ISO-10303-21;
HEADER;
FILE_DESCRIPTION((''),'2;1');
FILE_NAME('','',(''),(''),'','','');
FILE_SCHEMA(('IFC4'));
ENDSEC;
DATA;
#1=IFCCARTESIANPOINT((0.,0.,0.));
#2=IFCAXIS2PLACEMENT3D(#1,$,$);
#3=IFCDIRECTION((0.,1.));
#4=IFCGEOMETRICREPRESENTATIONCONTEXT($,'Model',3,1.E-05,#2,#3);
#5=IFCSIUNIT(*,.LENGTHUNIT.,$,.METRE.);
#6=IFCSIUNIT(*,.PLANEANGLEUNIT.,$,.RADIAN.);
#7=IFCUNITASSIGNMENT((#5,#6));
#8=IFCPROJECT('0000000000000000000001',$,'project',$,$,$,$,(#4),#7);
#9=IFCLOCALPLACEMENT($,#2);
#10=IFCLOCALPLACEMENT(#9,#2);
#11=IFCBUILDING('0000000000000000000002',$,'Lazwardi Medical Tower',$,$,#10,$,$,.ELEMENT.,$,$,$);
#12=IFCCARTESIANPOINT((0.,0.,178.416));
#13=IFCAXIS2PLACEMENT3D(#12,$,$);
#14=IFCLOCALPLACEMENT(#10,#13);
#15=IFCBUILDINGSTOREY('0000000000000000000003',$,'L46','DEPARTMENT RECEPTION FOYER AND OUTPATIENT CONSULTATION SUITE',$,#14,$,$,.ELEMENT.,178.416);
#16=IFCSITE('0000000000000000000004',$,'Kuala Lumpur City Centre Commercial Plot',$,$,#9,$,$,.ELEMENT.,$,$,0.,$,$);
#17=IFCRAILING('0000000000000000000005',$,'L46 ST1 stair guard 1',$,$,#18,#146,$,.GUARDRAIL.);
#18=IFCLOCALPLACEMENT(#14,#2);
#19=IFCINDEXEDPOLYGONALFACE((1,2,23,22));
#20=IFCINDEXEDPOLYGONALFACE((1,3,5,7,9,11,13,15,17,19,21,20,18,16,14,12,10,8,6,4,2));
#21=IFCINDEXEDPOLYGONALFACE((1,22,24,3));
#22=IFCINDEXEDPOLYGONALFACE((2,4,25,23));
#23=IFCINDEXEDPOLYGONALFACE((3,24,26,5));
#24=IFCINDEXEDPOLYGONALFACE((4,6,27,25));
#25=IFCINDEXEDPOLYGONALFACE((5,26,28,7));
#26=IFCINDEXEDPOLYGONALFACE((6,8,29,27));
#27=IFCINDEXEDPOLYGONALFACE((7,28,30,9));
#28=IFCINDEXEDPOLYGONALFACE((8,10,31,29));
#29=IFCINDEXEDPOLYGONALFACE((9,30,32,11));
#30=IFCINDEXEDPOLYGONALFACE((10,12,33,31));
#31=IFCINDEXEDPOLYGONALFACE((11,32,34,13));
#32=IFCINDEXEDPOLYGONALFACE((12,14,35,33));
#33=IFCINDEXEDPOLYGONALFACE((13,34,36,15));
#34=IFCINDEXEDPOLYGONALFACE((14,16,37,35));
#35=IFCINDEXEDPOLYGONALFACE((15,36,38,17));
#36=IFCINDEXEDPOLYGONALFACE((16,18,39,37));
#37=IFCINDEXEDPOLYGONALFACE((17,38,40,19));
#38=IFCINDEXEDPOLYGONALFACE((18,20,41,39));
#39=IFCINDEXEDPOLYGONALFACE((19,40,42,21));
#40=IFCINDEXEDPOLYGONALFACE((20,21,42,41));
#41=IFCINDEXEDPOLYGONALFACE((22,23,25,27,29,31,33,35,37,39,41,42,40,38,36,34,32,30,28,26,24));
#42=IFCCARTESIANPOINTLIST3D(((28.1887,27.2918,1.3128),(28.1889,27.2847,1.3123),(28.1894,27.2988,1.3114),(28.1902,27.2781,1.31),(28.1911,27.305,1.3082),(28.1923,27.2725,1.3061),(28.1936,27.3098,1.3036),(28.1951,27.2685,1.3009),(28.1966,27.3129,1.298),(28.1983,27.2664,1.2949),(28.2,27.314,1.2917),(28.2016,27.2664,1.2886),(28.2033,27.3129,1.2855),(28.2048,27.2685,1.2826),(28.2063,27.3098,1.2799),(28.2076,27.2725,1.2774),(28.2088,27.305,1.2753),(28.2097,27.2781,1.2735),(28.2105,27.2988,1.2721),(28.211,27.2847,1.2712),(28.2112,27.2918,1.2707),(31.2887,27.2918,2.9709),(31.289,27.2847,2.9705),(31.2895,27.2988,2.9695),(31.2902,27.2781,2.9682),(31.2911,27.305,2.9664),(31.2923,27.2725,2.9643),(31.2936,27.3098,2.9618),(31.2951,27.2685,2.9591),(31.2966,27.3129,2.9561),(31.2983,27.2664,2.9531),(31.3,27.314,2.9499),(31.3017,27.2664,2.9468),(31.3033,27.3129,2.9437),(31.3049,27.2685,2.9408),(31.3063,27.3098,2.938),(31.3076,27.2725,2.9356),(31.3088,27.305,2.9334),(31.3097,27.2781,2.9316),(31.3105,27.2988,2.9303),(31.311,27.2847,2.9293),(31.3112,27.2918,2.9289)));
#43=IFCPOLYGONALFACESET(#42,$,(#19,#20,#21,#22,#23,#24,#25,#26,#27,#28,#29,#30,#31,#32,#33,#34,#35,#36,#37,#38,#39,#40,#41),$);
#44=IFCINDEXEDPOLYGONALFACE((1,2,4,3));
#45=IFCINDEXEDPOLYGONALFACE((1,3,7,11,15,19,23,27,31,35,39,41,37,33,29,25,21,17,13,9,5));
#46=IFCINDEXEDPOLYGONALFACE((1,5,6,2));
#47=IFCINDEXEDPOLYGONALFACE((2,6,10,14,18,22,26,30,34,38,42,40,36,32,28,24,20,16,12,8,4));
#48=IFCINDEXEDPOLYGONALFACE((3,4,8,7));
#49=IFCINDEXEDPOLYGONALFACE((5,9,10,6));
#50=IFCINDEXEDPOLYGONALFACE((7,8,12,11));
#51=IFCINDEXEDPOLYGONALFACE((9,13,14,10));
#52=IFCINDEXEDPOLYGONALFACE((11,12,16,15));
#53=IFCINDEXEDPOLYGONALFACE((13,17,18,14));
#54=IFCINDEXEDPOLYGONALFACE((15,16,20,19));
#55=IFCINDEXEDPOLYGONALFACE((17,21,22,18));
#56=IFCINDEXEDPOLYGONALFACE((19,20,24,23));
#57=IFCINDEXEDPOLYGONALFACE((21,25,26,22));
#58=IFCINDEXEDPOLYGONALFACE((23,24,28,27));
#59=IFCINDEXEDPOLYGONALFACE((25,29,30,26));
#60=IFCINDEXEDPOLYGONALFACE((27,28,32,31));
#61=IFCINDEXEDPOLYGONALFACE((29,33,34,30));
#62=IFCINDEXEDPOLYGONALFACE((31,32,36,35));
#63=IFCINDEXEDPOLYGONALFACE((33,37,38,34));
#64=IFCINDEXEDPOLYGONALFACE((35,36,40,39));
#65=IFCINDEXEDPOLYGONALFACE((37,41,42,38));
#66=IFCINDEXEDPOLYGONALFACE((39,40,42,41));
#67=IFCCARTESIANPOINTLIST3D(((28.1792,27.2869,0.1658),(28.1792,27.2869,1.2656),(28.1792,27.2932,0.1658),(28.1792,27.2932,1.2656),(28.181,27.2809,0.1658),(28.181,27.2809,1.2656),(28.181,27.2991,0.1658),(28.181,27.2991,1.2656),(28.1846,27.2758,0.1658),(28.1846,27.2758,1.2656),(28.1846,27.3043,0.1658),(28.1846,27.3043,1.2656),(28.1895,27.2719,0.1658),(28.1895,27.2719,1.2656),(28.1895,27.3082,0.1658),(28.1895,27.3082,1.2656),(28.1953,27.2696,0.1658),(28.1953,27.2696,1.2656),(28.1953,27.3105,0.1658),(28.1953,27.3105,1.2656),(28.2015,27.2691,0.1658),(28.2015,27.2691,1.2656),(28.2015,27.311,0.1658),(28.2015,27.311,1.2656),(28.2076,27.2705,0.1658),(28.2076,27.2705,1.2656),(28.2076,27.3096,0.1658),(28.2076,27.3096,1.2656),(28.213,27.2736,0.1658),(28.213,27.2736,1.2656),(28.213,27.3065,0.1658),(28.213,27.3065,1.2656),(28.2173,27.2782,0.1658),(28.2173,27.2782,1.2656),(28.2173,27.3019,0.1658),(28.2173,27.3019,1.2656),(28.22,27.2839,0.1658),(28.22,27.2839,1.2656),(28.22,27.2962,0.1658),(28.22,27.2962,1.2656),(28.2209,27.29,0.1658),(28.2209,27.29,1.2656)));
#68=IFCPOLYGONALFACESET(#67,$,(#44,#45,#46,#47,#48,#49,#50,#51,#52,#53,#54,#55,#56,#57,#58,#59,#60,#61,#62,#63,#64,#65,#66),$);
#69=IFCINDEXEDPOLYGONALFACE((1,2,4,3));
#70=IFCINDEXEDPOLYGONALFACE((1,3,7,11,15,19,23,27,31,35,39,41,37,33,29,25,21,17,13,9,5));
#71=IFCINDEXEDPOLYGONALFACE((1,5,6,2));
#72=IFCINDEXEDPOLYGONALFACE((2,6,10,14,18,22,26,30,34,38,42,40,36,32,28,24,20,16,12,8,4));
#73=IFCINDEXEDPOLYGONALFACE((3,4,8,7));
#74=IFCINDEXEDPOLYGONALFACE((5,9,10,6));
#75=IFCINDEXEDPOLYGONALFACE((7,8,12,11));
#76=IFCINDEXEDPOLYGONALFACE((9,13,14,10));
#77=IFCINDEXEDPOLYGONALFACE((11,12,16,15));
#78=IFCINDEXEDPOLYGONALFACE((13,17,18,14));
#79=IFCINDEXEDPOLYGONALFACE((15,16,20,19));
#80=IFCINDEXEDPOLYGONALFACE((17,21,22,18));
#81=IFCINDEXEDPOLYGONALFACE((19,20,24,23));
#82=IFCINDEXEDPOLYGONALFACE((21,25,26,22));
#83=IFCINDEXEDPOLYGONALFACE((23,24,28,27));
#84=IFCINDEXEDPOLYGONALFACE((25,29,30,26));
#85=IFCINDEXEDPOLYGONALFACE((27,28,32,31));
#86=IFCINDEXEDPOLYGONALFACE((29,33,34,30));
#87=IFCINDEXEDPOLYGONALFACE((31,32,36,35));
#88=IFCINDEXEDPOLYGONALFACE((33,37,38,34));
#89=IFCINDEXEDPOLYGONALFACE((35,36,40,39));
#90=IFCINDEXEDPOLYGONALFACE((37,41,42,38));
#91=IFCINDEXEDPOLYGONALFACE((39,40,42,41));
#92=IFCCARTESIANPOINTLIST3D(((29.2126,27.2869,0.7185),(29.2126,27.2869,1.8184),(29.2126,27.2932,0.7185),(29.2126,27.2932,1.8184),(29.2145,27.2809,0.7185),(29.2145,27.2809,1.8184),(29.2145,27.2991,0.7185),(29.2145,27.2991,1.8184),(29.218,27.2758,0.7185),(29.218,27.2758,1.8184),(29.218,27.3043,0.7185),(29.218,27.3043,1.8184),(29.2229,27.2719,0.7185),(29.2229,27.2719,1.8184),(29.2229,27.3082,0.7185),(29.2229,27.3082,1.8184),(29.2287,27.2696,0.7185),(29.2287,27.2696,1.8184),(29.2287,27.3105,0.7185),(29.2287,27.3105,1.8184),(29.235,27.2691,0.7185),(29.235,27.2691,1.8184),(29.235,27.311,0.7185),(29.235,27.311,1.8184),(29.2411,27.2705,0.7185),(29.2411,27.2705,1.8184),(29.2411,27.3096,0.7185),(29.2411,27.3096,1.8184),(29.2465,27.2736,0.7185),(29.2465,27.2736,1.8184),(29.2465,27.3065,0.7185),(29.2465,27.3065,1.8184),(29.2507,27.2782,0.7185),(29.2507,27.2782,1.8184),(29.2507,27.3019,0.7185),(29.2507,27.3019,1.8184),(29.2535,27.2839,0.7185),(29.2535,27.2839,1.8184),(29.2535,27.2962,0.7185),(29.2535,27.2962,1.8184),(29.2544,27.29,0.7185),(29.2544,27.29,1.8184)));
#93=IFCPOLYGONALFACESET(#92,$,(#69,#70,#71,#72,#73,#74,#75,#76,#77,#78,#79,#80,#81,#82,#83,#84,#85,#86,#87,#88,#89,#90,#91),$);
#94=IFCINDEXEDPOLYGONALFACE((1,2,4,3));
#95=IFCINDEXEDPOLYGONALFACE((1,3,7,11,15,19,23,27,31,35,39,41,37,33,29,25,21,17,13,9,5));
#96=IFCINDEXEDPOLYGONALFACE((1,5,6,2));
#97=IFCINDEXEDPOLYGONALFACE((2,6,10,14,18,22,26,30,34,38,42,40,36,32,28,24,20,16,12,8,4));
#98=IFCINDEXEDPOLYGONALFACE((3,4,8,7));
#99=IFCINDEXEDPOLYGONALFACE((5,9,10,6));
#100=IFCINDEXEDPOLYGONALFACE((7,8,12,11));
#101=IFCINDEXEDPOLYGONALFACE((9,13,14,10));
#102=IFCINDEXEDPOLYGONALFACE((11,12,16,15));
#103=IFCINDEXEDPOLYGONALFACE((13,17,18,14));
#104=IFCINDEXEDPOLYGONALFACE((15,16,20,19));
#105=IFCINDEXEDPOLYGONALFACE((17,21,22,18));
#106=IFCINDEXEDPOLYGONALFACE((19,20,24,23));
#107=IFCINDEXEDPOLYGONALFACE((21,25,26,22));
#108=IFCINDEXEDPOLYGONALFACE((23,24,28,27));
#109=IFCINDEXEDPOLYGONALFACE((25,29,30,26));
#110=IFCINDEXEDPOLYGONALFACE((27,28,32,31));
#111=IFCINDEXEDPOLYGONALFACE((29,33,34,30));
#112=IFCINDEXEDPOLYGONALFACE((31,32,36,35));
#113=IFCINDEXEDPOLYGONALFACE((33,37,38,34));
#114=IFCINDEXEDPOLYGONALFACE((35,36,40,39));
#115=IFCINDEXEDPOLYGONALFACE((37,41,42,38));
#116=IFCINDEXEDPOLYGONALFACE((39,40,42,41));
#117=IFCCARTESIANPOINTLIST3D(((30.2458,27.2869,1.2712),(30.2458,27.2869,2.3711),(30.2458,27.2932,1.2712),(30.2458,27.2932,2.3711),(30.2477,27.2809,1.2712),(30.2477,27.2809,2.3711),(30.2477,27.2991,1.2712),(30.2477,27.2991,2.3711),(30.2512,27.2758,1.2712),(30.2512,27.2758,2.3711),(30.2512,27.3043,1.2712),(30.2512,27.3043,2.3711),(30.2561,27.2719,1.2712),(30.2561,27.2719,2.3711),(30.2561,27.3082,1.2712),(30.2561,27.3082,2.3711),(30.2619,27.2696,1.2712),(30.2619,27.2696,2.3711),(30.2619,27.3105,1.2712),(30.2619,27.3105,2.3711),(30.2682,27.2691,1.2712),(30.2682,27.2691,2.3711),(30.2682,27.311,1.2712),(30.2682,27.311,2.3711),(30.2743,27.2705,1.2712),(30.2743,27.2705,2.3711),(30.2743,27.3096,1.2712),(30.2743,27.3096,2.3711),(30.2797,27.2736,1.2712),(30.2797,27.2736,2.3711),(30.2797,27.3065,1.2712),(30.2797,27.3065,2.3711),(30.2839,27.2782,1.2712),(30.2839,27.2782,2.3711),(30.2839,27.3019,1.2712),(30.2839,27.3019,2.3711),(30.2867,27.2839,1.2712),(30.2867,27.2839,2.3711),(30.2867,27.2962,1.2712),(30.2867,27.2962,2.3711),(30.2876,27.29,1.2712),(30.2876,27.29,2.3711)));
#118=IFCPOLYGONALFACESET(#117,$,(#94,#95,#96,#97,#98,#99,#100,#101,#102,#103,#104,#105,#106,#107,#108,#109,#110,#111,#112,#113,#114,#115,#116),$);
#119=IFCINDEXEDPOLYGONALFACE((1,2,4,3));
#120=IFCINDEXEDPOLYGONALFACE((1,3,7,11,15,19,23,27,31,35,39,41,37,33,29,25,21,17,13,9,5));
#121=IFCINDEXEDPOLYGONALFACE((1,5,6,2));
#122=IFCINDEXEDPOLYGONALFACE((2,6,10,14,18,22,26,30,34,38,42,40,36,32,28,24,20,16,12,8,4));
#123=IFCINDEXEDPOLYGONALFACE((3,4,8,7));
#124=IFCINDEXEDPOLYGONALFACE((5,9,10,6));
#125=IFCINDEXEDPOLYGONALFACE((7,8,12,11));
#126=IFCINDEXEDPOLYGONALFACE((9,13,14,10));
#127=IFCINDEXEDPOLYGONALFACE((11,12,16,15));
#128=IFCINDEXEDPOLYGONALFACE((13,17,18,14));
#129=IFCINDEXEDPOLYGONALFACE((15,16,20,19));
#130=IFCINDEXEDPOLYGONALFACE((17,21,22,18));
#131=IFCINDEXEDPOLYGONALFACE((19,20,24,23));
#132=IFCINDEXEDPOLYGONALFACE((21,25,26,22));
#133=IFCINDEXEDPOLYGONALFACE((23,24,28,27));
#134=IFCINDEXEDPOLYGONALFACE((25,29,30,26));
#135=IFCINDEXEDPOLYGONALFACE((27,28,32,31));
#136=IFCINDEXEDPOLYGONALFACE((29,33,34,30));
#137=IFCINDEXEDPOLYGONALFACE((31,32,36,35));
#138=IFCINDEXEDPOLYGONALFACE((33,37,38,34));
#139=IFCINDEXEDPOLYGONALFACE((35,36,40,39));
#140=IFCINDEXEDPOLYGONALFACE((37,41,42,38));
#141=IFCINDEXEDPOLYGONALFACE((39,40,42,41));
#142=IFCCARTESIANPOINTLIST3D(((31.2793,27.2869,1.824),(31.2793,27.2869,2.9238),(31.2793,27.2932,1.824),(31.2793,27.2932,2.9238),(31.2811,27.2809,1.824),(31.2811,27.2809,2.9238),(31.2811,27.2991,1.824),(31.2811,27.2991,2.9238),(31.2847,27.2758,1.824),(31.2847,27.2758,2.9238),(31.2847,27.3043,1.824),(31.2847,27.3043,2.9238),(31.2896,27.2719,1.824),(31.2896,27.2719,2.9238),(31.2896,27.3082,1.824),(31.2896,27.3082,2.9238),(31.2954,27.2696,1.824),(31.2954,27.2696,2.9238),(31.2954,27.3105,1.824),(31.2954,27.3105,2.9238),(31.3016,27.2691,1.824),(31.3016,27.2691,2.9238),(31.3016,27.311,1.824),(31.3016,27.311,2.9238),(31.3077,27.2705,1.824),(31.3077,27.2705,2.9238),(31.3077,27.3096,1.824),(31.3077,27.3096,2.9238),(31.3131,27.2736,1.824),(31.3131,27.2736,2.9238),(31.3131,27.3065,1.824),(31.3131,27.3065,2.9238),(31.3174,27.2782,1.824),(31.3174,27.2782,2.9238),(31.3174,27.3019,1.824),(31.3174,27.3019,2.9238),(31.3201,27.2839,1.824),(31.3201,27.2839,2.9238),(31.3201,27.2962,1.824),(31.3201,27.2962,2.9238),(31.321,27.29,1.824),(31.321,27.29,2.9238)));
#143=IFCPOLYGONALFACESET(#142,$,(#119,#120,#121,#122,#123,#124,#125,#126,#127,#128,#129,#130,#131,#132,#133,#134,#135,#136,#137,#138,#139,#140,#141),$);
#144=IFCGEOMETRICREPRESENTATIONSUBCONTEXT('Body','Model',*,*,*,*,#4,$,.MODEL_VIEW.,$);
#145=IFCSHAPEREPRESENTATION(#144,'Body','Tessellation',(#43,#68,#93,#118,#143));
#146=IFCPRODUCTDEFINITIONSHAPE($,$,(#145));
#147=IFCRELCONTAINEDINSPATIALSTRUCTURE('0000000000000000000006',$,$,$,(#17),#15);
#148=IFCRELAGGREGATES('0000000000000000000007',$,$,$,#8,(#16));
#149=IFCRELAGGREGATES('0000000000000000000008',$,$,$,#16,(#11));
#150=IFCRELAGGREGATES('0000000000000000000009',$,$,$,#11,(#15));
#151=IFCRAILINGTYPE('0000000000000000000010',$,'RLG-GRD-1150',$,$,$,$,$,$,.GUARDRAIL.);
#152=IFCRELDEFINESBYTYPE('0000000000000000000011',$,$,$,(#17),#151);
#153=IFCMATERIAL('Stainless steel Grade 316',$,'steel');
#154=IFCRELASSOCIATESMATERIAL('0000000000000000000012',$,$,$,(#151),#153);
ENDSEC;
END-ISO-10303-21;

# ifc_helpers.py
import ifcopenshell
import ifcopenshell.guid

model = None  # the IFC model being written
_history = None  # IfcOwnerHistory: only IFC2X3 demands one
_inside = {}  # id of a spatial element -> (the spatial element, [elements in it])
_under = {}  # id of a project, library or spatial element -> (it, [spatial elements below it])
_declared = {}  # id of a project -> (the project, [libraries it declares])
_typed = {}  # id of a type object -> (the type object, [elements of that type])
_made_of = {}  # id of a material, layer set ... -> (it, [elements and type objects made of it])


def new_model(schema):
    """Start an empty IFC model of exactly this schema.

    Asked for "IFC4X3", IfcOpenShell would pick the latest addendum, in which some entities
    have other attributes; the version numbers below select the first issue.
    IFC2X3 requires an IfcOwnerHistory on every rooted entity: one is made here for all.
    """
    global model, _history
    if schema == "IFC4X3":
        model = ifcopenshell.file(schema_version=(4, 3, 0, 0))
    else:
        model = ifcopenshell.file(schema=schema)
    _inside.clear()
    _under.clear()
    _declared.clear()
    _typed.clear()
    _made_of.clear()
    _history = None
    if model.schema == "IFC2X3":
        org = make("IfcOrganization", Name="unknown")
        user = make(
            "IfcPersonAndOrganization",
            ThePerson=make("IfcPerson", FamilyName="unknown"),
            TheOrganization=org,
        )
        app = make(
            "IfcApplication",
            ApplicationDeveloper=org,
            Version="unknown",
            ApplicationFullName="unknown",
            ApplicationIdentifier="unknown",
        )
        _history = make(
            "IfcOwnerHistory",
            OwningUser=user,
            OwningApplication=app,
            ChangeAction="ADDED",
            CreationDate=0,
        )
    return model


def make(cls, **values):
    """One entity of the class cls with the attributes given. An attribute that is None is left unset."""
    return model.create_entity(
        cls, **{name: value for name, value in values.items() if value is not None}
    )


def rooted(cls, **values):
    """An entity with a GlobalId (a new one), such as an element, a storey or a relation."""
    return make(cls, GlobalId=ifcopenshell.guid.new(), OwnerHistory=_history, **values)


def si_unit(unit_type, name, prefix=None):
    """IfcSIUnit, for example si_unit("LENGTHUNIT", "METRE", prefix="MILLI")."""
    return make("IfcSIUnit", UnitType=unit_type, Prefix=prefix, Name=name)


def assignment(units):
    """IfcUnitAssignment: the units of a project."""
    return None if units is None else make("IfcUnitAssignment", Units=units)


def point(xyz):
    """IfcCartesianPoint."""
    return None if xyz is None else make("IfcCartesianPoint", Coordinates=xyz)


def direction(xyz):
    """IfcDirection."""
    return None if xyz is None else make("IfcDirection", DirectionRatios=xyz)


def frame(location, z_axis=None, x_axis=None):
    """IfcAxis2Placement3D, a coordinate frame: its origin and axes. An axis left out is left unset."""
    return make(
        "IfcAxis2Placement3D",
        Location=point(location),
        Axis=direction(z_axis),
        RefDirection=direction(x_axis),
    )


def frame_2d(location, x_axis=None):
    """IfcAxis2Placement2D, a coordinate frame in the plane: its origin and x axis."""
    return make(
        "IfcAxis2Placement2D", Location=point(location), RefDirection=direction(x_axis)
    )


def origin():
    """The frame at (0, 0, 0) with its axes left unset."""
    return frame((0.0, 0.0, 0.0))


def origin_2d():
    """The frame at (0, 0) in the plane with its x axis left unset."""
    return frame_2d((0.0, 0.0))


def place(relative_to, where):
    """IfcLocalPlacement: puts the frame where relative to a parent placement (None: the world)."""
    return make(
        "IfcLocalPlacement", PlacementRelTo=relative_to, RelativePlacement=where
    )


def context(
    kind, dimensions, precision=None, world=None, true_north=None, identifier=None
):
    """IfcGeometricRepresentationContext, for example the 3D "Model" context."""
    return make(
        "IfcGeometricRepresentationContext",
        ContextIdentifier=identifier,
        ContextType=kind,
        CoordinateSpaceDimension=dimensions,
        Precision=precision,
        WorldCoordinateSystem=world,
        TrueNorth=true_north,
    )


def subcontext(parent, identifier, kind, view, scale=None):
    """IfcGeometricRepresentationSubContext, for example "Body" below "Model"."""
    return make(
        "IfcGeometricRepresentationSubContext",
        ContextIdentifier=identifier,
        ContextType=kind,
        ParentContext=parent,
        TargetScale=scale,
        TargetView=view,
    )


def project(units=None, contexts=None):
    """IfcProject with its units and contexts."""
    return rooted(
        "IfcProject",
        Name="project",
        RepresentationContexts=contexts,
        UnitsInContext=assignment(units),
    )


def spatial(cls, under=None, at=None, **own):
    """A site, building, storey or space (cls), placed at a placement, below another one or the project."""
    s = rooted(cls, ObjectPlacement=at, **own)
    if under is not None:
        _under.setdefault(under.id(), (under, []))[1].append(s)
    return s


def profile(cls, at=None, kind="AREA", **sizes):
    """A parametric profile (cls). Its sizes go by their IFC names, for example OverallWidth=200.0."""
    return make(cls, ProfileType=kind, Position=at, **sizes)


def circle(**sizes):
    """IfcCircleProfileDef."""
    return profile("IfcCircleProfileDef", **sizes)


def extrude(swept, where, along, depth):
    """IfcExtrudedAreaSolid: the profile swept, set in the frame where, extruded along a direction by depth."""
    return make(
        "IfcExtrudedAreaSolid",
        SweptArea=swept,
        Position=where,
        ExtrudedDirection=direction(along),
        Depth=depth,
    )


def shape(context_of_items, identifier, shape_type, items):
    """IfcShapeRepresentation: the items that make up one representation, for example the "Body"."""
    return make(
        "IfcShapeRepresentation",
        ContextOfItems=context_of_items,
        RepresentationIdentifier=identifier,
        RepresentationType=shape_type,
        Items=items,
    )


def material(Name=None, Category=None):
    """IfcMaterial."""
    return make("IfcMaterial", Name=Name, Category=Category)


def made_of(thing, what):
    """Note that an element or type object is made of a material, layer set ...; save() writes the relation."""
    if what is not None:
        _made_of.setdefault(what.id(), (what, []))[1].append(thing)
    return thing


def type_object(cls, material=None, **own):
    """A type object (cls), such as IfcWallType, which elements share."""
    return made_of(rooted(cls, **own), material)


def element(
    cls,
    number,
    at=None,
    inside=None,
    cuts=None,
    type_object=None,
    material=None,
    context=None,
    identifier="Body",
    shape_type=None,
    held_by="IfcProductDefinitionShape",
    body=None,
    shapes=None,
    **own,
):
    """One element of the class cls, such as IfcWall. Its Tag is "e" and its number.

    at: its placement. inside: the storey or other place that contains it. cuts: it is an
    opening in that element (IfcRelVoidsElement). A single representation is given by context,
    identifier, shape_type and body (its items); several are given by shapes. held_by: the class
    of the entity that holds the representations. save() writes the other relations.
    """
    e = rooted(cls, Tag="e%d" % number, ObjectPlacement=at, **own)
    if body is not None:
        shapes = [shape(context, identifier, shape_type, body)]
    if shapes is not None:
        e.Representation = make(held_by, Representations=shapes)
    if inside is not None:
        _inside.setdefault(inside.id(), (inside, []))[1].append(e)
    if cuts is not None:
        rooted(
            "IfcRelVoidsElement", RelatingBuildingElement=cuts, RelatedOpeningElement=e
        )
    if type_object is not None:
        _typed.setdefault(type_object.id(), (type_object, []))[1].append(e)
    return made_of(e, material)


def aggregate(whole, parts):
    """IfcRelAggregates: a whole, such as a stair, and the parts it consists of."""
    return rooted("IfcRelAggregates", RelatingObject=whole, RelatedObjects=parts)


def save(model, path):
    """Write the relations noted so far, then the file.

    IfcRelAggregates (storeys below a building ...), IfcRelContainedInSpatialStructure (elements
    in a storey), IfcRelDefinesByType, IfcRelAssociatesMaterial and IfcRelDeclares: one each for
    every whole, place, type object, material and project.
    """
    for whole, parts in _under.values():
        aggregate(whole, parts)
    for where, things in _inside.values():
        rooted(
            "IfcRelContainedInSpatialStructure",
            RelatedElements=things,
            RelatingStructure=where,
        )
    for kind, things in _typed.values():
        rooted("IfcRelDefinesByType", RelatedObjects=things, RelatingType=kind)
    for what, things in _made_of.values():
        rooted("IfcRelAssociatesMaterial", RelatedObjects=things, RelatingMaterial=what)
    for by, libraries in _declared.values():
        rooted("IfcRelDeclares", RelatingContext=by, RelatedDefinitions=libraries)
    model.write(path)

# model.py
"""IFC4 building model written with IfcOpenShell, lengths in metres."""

from ifc_helpers import new_model, si_unit, direction, frame, origin, origin_2d, place, context, subcontext, project, spatial, circle, extrude, material, type_object, element, save


model = new_model("IFC4")

# Units and contexts
model_context = context("Model", 3, precision=1e-05, world=origin(), true_north=direction((0.0, 1.0)))
body_context = subcontext(model_context, "Body", "Model", "MODEL_VIEW")
ifc_project = project(units=[si_unit("LENGTHUNIT", "METRE"), si_unit("PLANEANGLEUNIT", "RADIAN")], contexts=[model_context])

# Site, building, storey
site_placement = place(None, origin())
site = spatial("IfcSite", under=ifc_project, at=site_placement, Name="Kuala Lumpur City Centre Commercial Plot", CompositionType="ELEMENT", RefElevation=0.0)
building_placement = place(site_placement, origin())
building = spatial("IfcBuilding", under=site, at=building_placement, Name="Lazwardi Medical Tower", CompositionType="ELEMENT")
storey_placement = place(building_placement, frame((0.0, 0.0, 178.416)))
storey = spatial("IfcBuildingStorey", under=building, at=storey_placement, Name="L46", Description="DEPARTMENT RECEPTION FOYER AND OUTPATIENT CONSULTATION SUITE", CompositionType="ELEMENT", Elevation=178.416)

# Railing
ifc_material_1 = material(Name="Stainless steel Grade 316", Category="steel")
railing_type_1 = type_object("IfcRailingType", Name="RLG-GRD-1150", PredefinedType="GUARDRAIL", material=ifc_material_1)
railing_1_placement = place(storey_placement, frame((28.2, 27.29, 0.1658)))
element("IfcRailing", 1, at=railing_1_placement, inside=storey, type_object=railing_type_1, Name="L46 ST1 stair guard 1", PredefinedType="GUARDRAIL", context=body_context, shape_type="SweptSolid", body=[
    extrude(circle(Radius=0.0239, at=origin_2d()), frame((0.0, 0.0, 1.126), z_axis=(0.881783, 0.0, 0.471655), x_axis=(0.0, 1.0, 0.0)), (0.0, 0.0, 1.0), 3.5156),
    extrude(circle(Radius=0.021, at=origin_2d()), origin(), (0.0, 0.0, 1.0), 1.0999),
    extrude(circle(Radius=0.021, at=origin_2d()), frame((1.0334, 0.0, 0.5527)), (0.0, 0.0, 1.0), 1.0999),
    extrude(circle(Radius=0.021, at=origin_2d()), frame((2.0667, 0.0, 1.1055)), (0.0, 0.0, 1.0), 1.0999),
    extrude(circle(Radius=0.021, at=origin_2d()), frame((3.1001, 0.0, 1.6582)), (0.0, 0.0, 1.0), 1.0999),
])

save(model, "model.ifc")
